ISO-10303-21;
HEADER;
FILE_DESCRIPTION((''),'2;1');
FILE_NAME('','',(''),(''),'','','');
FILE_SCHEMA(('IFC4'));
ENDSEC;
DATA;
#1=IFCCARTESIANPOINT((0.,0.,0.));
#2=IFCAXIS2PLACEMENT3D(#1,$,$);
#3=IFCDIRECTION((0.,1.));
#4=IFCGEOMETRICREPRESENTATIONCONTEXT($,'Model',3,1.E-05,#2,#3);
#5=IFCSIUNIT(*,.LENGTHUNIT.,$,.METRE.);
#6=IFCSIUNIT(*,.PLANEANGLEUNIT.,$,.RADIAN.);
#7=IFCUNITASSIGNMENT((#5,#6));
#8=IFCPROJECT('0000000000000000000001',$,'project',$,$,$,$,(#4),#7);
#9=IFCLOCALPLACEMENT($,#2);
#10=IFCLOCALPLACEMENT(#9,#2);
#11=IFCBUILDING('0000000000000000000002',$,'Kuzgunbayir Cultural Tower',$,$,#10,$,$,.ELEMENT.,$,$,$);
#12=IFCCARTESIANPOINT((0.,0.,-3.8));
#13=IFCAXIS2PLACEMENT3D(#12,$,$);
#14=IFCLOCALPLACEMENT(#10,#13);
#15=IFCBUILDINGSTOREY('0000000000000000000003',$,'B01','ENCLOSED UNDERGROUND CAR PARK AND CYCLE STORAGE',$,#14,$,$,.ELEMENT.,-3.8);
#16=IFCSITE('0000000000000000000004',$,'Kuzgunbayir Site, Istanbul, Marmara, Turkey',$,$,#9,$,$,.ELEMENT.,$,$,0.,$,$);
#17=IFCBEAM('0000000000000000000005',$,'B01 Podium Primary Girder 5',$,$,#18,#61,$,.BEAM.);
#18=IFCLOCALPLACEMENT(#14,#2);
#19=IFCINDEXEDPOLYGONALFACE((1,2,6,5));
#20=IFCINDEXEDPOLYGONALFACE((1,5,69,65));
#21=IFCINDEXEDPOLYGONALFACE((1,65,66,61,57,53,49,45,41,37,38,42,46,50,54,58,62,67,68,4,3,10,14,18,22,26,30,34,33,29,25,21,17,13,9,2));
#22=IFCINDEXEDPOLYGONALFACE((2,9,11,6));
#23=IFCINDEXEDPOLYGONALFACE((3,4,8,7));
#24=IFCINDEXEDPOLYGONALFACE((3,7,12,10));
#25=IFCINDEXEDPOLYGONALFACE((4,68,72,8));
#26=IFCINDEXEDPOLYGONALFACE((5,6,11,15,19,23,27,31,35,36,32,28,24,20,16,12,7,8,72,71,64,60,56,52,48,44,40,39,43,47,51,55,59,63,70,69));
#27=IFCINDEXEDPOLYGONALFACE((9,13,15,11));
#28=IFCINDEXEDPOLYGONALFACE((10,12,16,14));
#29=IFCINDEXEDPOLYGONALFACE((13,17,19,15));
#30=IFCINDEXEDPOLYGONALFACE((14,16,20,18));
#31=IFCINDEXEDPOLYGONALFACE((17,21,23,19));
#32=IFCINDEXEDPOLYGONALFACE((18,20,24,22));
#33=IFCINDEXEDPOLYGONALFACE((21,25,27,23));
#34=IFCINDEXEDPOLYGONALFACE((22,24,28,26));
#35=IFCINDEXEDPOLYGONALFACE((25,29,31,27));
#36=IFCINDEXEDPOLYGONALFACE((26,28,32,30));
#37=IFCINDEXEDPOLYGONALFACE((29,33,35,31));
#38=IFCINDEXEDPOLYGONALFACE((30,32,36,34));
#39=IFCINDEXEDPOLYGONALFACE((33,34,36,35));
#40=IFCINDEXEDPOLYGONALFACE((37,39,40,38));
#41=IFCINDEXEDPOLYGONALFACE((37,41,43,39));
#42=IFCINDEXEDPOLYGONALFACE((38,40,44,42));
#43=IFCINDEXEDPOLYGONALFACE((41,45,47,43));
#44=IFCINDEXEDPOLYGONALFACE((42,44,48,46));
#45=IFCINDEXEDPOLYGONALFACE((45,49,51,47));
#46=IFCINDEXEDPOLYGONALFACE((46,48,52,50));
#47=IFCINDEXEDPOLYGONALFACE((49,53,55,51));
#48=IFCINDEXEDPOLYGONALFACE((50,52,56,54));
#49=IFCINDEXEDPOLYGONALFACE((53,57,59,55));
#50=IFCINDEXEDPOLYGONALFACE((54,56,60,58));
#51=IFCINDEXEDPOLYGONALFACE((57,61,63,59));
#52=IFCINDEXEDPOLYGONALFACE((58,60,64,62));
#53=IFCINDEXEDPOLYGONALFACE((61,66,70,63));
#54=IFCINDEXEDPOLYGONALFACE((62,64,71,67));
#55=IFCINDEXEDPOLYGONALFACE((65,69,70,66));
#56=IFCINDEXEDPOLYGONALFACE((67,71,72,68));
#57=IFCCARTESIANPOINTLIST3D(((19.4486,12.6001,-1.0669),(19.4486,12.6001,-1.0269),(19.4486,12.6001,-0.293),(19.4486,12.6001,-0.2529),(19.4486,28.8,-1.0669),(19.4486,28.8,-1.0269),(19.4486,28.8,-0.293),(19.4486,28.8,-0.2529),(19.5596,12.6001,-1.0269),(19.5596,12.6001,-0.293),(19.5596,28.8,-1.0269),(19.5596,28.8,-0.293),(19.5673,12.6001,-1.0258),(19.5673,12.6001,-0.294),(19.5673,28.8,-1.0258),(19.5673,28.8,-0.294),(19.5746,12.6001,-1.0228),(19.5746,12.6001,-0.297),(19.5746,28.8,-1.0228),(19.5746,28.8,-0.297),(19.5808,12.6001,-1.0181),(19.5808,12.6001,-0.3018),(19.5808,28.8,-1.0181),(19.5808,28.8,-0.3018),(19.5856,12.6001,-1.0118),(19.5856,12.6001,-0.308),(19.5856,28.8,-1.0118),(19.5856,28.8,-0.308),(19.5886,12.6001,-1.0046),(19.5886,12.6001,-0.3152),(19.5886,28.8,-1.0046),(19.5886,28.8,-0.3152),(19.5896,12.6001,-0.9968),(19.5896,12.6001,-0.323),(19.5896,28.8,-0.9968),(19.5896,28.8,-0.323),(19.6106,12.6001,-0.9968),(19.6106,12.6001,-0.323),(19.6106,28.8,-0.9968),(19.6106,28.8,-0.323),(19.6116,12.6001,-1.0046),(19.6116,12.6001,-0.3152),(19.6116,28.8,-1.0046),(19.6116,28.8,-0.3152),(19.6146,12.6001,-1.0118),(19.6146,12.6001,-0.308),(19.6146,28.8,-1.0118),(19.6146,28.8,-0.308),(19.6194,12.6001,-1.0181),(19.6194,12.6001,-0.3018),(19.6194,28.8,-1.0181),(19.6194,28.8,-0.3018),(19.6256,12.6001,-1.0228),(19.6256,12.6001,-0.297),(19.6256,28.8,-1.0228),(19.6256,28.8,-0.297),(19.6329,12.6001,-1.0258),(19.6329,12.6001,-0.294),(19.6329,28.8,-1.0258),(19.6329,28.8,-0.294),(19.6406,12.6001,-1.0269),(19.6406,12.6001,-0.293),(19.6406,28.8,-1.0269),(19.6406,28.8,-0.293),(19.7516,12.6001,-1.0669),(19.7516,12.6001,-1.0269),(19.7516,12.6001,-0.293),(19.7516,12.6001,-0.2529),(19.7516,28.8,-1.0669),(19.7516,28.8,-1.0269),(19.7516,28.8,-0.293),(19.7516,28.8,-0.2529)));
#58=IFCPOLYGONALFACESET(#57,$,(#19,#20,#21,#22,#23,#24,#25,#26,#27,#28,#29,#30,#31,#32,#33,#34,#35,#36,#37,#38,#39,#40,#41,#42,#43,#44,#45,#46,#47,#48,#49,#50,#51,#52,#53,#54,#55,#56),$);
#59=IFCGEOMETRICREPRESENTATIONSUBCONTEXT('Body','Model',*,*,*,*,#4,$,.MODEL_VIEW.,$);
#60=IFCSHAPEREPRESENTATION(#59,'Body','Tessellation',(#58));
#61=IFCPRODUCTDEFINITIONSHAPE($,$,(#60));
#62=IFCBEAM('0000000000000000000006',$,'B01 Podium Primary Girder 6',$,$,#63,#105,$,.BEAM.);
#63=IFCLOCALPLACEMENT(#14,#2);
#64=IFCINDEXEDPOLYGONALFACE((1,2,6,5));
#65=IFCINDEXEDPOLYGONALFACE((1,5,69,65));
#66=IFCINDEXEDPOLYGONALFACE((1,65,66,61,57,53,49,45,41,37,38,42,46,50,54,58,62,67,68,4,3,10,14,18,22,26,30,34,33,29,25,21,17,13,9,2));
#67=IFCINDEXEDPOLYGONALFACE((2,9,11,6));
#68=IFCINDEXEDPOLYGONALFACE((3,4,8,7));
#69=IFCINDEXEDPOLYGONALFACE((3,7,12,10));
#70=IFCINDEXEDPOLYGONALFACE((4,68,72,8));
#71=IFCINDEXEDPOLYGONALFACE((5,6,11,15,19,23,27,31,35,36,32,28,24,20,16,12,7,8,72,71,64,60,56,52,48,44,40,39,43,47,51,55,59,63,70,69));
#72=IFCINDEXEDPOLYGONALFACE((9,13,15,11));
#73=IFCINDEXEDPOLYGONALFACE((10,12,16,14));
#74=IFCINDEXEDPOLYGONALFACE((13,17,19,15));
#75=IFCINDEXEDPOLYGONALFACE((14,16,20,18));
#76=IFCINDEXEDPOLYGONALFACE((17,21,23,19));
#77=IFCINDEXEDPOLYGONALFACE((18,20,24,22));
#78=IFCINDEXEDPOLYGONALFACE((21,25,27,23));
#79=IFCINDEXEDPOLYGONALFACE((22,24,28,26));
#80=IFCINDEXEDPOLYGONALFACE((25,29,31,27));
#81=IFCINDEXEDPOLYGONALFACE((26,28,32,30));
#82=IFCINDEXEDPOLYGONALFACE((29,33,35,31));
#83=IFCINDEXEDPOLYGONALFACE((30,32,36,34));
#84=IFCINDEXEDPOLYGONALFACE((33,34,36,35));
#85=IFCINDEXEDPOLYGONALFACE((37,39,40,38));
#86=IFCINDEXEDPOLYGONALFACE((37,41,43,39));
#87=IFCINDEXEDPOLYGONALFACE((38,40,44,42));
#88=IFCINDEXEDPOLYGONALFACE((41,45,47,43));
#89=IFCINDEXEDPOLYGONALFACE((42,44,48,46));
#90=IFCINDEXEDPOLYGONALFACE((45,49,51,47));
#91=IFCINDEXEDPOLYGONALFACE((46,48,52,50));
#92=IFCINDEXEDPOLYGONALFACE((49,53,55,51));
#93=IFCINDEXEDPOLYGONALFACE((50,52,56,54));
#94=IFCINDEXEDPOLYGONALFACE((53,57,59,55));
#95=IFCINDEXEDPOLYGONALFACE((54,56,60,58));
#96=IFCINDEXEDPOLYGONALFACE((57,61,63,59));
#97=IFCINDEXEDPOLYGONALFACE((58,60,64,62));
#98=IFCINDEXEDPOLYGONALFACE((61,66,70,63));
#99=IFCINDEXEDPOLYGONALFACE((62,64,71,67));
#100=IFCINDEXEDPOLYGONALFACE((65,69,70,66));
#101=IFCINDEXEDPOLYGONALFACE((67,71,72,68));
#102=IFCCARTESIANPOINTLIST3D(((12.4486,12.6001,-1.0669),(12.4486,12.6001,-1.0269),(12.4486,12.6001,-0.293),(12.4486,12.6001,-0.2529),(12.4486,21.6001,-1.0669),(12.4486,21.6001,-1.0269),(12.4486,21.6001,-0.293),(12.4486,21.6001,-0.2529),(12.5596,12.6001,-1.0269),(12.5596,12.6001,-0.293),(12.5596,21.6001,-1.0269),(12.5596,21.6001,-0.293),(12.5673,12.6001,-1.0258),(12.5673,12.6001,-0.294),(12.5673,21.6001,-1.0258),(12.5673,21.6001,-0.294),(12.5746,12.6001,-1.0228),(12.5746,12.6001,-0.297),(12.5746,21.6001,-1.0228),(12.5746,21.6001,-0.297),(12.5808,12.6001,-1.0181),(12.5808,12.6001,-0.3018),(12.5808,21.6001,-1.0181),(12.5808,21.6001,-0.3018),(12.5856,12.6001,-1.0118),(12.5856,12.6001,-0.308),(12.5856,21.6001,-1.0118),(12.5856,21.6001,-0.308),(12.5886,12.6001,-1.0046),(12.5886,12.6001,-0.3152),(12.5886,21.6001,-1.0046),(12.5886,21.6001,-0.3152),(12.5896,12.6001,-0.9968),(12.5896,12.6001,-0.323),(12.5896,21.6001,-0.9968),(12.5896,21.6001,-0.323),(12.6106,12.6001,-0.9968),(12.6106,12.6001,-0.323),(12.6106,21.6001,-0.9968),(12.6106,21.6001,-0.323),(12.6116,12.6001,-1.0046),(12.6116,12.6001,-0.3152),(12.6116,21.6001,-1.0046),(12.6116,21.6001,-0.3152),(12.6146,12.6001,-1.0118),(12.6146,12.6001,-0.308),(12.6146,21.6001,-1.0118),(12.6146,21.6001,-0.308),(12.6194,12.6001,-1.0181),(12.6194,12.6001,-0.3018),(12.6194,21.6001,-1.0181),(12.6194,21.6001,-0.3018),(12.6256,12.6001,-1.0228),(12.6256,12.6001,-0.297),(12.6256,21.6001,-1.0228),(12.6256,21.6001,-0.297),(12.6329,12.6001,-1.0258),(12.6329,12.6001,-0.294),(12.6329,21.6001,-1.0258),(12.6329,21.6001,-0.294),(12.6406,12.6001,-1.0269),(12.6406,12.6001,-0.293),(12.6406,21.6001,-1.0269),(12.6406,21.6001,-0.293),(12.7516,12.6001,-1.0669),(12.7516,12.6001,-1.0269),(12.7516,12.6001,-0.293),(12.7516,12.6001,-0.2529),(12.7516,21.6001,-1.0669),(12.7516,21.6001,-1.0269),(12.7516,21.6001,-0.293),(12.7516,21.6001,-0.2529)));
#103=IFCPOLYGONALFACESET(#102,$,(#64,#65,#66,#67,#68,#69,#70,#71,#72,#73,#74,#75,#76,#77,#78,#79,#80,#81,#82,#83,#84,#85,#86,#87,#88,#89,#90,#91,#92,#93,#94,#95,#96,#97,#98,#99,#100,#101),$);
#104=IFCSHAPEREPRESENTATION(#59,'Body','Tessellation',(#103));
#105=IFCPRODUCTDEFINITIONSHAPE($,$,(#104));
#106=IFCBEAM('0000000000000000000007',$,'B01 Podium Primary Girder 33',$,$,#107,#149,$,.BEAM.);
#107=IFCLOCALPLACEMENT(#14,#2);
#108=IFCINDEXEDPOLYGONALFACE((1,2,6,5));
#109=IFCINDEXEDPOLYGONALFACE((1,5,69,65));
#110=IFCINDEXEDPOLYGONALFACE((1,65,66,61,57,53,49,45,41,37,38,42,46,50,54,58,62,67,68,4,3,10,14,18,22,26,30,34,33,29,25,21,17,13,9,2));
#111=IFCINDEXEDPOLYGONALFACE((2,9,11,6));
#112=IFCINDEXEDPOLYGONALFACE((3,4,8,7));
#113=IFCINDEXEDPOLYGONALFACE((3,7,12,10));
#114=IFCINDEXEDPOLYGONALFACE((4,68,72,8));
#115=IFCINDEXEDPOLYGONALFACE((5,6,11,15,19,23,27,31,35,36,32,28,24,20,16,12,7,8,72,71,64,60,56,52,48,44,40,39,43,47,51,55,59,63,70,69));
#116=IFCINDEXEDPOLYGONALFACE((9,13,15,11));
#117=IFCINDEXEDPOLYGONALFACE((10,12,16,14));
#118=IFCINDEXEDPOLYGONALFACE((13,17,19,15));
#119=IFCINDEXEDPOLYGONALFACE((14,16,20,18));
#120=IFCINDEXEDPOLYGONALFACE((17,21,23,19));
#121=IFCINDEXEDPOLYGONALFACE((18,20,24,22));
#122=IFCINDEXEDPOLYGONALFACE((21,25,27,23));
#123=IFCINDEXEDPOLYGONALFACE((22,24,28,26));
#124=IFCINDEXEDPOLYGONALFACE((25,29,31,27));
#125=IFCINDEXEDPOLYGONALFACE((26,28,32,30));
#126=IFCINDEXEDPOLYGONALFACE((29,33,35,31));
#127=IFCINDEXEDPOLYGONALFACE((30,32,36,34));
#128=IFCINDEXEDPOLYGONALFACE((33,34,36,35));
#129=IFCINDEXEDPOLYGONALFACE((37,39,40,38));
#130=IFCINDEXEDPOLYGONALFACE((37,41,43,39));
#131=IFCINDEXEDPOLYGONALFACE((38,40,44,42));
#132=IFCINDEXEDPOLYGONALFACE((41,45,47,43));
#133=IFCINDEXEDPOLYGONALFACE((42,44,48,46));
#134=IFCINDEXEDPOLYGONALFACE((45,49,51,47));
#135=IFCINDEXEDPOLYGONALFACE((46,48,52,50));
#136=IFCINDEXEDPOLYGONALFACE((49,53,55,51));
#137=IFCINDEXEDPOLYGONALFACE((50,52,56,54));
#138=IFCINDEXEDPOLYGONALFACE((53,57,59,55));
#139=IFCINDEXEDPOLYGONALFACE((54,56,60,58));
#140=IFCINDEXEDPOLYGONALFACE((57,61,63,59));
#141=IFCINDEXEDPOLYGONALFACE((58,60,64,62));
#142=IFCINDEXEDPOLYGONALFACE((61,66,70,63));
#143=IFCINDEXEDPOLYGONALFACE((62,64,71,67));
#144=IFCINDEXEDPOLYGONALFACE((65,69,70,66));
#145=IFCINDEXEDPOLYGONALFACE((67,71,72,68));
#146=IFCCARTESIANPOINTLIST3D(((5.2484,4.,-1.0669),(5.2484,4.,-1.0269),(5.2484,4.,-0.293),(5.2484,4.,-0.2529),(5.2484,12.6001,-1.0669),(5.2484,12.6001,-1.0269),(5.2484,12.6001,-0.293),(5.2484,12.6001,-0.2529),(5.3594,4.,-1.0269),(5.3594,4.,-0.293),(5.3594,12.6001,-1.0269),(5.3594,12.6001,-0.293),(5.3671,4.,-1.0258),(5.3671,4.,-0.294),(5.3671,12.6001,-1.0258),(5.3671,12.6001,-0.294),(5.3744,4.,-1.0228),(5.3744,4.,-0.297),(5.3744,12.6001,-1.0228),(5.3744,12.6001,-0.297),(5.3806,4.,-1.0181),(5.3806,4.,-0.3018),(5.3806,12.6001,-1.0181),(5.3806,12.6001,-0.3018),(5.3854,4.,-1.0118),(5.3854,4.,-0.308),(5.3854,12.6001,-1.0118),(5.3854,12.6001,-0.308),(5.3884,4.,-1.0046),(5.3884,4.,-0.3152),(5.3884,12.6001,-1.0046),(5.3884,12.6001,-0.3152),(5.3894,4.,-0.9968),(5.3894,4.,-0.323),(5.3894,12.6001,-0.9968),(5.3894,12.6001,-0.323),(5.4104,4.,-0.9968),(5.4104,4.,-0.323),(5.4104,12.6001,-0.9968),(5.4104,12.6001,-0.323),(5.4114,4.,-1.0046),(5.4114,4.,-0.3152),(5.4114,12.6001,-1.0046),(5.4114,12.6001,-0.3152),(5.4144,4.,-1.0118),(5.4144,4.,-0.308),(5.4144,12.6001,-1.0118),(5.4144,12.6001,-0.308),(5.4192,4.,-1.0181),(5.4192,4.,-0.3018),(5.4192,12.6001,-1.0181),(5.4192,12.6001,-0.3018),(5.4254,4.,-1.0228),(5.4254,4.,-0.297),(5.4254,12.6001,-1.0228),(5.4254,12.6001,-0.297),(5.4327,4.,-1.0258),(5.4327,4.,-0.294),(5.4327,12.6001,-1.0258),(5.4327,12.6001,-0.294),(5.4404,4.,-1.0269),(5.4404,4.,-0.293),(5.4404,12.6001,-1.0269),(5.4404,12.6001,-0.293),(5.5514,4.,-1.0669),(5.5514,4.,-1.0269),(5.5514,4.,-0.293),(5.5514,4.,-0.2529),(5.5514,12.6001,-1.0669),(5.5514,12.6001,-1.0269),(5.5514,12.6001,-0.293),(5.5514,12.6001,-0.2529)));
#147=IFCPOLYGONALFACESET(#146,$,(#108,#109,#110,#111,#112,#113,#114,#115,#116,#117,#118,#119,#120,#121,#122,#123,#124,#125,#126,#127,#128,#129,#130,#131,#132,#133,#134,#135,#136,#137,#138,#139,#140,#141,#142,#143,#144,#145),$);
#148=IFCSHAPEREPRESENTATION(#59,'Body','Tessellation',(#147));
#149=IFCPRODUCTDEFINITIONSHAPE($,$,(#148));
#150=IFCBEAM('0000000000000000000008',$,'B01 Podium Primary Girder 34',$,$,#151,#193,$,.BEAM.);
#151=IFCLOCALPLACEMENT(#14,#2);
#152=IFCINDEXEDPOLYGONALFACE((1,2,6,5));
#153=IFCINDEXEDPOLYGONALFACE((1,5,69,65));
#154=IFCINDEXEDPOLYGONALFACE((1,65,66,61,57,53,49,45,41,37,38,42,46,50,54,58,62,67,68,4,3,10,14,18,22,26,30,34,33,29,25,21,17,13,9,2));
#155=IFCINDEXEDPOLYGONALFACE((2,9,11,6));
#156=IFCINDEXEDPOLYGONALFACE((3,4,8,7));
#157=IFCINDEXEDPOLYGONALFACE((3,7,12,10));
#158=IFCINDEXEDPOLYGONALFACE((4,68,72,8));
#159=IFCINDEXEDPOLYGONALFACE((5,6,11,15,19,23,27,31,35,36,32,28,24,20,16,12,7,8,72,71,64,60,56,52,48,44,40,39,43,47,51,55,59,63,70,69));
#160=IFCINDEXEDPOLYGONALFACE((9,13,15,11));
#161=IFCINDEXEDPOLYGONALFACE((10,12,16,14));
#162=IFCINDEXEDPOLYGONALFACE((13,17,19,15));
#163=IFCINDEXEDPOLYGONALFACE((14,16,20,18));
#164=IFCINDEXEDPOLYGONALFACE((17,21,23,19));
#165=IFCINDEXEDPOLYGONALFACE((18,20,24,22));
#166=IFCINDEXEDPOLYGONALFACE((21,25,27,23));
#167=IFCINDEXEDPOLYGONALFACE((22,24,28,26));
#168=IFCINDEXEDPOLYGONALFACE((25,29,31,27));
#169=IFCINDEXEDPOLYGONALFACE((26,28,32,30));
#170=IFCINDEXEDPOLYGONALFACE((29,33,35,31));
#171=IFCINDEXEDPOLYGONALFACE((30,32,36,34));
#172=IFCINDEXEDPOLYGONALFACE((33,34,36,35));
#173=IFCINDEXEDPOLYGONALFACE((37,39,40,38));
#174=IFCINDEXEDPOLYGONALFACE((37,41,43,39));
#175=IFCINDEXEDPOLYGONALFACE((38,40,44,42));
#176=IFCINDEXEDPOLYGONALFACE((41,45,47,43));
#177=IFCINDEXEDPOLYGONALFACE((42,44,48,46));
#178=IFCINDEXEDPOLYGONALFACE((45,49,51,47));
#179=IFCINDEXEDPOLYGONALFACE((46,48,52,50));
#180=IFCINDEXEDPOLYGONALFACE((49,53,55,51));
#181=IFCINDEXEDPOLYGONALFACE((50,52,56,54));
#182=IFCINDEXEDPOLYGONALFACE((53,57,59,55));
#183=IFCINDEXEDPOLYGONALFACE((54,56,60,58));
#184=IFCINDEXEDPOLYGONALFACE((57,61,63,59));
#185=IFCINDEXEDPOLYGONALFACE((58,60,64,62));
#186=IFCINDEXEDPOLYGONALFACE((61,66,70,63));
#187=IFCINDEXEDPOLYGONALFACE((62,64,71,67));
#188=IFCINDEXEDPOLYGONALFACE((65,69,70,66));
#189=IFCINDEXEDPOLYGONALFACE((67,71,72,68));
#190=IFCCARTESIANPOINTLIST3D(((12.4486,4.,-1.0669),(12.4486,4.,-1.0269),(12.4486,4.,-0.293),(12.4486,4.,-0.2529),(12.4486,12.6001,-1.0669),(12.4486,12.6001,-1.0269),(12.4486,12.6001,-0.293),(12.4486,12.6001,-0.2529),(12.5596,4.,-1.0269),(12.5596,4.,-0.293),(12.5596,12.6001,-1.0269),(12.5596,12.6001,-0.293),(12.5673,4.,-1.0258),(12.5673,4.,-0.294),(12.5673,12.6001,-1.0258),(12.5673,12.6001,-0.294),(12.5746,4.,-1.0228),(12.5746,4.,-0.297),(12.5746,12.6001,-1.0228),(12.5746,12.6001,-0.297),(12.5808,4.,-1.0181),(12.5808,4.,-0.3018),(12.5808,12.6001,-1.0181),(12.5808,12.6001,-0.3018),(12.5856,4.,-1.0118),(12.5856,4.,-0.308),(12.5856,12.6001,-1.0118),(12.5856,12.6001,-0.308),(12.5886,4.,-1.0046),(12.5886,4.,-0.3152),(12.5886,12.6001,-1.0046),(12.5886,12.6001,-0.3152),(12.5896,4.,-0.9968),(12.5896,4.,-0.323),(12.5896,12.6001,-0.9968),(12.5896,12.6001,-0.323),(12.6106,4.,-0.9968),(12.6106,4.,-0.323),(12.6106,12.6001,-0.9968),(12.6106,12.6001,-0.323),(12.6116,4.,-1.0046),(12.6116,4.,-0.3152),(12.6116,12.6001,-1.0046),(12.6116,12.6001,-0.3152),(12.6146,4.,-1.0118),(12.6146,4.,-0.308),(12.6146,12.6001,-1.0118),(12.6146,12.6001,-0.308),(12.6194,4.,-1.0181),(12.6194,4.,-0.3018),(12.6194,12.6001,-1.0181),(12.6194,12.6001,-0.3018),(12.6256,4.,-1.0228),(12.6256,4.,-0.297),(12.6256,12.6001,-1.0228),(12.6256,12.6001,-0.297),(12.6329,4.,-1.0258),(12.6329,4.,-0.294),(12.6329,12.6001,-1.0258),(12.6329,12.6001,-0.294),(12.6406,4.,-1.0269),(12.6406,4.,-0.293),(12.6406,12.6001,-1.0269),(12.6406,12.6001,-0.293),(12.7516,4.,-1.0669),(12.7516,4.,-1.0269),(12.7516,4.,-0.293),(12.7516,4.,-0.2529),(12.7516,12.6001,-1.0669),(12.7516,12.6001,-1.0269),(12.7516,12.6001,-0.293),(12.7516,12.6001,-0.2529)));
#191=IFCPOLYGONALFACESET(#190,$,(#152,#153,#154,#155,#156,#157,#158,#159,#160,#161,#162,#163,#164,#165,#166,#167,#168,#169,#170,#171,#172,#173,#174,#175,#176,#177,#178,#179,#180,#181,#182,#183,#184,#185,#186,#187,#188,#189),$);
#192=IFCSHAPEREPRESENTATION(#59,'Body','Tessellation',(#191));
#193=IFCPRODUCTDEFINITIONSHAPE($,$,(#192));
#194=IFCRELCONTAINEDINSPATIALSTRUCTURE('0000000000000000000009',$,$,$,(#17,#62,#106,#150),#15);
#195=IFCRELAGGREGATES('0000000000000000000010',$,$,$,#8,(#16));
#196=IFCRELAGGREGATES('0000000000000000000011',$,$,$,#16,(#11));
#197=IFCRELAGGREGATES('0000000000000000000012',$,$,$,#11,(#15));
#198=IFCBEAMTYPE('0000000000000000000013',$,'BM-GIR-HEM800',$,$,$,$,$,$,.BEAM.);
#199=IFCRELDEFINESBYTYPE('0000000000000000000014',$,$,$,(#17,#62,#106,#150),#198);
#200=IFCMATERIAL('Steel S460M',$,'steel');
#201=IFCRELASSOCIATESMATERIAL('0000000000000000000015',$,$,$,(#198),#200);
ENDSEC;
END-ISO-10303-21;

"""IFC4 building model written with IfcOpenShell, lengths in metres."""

from ifc_helpers import new_model, si_unit, direction, frame, origin, origin_2d, place, context, subcontext, project, spatial, i_section, extrude, material, material_profile, profile_set, type_object, element, save


model = new_model("IFC4")

# Units and contexts
model_context = context("Model", 3, precision=1e-05, world=origin(), true_north=direction((0.0, 1.0)))
body_context = subcontext(model_context, "Body", "Model", "MODEL_VIEW")
ifc_project = project(units=[si_unit("LENGTHUNIT", "METRE"), si_unit("PLANEANGLEUNIT", "RADIAN")], contexts=[model_context])

# Site, building, storey
site_placement = place(None, origin())
site = spatial("IfcSite", under=ifc_project, at=site_placement, Name="Kuzgunbayir Site, Istanbul, Marmara, Turkey", CompositionType="ELEMENT", RefElevation=0.0)
building_placement = place(site_placement, origin())
building = spatial("IfcBuilding", under=site, at=building_placement, Name="Kuzgunbayir Cultural Tower", CompositionType="ELEMENT")
storey_placement = place(building_placement, frame((0.0, 0.0, -3.8)))
storey = spatial("IfcBuildingStorey", under=building, at=storey_placement, Name="B01", Description="ENCLOSED UNDERGROUND CAR PARK AND CYCLE STORAGE", CompositionType="ELEMENT", Elevation=-3.8)

# Beams
ifc_material_1 = material(Name="Steel S460M", Category="steel")
ifc_material_profile_1 = material_profile(ifc_material_1, i_section(OverallWidth=0.303, OverallDepth=0.814, WebThickness=0.021, FlangeThickness=0.04, FilletRadius=0.03, at=origin_2d()), Name="HEM 800")
ifc_profile_set_1 = profile_set([ifc_material_profile_1], Name="Steel S460M")
beam_type_1 = type_object("IfcBeamType", Name="BM-GIR-HEM800", PredefinedType="BEAM", material=ifc_profile_set_1)
for number, where, z_axis, x_axis, name in (
    (1, (19.6001, 12.6001, -0.6599), (0.0, 1.0, 0.0), (-1.0, 0.0, 0.0), "B01 Podium Primary Girder 5"),
):
    element("IfcBeam", number, at=place(storey_placement, frame(where, z_axis=z_axis, x_axis=x_axis)), inside=storey, type_object=beam_type_1, Name=name, PredefinedType="BEAM", context=body_context, shape_type="SweptSolid", body=[
        extrude(i_section(OverallWidth=0.303, OverallDepth=0.814, WebThickness=0.021, FlangeThickness=0.04, FilletRadius=0.03, at=origin_2d()), origin(), (0.0, 0.0, 1.0), 16.2),
    ])
beam_1_placement = place(storey_placement, frame((12.6001, 12.6001, -0.6599), z_axis=(0.0, 1.0, 0.0), x_axis=(-1.0, 0.0, 0.0)))
element("IfcBeam", 2, at=beam_1_placement, inside=storey, type_object=beam_type_1, Name="B01 Podium Primary Girder 6", PredefinedType="BEAM", context=body_context, shape_type="SweptSolid", body=[
    extrude(i_section(OverallWidth=0.303, OverallDepth=0.814, WebThickness=0.021, FlangeThickness=0.04, FilletRadius=0.03, at=origin_2d()), origin(), (0.0, 0.0, 1.0), 9.0),
])
for number, where, z_axis, x_axis, name in (
    (3, (5.3999, 4.0, -0.6599), (0.0, 1.0, 0.0), (-1.0, 0.0, 0.0), "B01 Podium Primary Girder 33"),
    (4, (12.6001, 4.0, -0.6599), (0.0, 1.0, 0.0), (-1.0, 0.0, 0.0), "B01 Podium Primary Girder 34"),
):
    element("IfcBeam", number, at=place(storey_placement, frame(where, z_axis=z_axis, x_axis=x_axis)), inside=storey, type_object=beam_type_1, Name=name, PredefinedType="BEAM", context=body_context, shape_type="SweptSolid", body=[
        extrude(i_section(OverallWidth=0.303, OverallDepth=0.814, WebThickness=0.021, FlangeThickness=0.04, FilletRadius=0.03, at=origin_2d()), origin(), (0.0, 0.0, 1.0), 8.6001),
    ])

save(model, "model.ifc")
